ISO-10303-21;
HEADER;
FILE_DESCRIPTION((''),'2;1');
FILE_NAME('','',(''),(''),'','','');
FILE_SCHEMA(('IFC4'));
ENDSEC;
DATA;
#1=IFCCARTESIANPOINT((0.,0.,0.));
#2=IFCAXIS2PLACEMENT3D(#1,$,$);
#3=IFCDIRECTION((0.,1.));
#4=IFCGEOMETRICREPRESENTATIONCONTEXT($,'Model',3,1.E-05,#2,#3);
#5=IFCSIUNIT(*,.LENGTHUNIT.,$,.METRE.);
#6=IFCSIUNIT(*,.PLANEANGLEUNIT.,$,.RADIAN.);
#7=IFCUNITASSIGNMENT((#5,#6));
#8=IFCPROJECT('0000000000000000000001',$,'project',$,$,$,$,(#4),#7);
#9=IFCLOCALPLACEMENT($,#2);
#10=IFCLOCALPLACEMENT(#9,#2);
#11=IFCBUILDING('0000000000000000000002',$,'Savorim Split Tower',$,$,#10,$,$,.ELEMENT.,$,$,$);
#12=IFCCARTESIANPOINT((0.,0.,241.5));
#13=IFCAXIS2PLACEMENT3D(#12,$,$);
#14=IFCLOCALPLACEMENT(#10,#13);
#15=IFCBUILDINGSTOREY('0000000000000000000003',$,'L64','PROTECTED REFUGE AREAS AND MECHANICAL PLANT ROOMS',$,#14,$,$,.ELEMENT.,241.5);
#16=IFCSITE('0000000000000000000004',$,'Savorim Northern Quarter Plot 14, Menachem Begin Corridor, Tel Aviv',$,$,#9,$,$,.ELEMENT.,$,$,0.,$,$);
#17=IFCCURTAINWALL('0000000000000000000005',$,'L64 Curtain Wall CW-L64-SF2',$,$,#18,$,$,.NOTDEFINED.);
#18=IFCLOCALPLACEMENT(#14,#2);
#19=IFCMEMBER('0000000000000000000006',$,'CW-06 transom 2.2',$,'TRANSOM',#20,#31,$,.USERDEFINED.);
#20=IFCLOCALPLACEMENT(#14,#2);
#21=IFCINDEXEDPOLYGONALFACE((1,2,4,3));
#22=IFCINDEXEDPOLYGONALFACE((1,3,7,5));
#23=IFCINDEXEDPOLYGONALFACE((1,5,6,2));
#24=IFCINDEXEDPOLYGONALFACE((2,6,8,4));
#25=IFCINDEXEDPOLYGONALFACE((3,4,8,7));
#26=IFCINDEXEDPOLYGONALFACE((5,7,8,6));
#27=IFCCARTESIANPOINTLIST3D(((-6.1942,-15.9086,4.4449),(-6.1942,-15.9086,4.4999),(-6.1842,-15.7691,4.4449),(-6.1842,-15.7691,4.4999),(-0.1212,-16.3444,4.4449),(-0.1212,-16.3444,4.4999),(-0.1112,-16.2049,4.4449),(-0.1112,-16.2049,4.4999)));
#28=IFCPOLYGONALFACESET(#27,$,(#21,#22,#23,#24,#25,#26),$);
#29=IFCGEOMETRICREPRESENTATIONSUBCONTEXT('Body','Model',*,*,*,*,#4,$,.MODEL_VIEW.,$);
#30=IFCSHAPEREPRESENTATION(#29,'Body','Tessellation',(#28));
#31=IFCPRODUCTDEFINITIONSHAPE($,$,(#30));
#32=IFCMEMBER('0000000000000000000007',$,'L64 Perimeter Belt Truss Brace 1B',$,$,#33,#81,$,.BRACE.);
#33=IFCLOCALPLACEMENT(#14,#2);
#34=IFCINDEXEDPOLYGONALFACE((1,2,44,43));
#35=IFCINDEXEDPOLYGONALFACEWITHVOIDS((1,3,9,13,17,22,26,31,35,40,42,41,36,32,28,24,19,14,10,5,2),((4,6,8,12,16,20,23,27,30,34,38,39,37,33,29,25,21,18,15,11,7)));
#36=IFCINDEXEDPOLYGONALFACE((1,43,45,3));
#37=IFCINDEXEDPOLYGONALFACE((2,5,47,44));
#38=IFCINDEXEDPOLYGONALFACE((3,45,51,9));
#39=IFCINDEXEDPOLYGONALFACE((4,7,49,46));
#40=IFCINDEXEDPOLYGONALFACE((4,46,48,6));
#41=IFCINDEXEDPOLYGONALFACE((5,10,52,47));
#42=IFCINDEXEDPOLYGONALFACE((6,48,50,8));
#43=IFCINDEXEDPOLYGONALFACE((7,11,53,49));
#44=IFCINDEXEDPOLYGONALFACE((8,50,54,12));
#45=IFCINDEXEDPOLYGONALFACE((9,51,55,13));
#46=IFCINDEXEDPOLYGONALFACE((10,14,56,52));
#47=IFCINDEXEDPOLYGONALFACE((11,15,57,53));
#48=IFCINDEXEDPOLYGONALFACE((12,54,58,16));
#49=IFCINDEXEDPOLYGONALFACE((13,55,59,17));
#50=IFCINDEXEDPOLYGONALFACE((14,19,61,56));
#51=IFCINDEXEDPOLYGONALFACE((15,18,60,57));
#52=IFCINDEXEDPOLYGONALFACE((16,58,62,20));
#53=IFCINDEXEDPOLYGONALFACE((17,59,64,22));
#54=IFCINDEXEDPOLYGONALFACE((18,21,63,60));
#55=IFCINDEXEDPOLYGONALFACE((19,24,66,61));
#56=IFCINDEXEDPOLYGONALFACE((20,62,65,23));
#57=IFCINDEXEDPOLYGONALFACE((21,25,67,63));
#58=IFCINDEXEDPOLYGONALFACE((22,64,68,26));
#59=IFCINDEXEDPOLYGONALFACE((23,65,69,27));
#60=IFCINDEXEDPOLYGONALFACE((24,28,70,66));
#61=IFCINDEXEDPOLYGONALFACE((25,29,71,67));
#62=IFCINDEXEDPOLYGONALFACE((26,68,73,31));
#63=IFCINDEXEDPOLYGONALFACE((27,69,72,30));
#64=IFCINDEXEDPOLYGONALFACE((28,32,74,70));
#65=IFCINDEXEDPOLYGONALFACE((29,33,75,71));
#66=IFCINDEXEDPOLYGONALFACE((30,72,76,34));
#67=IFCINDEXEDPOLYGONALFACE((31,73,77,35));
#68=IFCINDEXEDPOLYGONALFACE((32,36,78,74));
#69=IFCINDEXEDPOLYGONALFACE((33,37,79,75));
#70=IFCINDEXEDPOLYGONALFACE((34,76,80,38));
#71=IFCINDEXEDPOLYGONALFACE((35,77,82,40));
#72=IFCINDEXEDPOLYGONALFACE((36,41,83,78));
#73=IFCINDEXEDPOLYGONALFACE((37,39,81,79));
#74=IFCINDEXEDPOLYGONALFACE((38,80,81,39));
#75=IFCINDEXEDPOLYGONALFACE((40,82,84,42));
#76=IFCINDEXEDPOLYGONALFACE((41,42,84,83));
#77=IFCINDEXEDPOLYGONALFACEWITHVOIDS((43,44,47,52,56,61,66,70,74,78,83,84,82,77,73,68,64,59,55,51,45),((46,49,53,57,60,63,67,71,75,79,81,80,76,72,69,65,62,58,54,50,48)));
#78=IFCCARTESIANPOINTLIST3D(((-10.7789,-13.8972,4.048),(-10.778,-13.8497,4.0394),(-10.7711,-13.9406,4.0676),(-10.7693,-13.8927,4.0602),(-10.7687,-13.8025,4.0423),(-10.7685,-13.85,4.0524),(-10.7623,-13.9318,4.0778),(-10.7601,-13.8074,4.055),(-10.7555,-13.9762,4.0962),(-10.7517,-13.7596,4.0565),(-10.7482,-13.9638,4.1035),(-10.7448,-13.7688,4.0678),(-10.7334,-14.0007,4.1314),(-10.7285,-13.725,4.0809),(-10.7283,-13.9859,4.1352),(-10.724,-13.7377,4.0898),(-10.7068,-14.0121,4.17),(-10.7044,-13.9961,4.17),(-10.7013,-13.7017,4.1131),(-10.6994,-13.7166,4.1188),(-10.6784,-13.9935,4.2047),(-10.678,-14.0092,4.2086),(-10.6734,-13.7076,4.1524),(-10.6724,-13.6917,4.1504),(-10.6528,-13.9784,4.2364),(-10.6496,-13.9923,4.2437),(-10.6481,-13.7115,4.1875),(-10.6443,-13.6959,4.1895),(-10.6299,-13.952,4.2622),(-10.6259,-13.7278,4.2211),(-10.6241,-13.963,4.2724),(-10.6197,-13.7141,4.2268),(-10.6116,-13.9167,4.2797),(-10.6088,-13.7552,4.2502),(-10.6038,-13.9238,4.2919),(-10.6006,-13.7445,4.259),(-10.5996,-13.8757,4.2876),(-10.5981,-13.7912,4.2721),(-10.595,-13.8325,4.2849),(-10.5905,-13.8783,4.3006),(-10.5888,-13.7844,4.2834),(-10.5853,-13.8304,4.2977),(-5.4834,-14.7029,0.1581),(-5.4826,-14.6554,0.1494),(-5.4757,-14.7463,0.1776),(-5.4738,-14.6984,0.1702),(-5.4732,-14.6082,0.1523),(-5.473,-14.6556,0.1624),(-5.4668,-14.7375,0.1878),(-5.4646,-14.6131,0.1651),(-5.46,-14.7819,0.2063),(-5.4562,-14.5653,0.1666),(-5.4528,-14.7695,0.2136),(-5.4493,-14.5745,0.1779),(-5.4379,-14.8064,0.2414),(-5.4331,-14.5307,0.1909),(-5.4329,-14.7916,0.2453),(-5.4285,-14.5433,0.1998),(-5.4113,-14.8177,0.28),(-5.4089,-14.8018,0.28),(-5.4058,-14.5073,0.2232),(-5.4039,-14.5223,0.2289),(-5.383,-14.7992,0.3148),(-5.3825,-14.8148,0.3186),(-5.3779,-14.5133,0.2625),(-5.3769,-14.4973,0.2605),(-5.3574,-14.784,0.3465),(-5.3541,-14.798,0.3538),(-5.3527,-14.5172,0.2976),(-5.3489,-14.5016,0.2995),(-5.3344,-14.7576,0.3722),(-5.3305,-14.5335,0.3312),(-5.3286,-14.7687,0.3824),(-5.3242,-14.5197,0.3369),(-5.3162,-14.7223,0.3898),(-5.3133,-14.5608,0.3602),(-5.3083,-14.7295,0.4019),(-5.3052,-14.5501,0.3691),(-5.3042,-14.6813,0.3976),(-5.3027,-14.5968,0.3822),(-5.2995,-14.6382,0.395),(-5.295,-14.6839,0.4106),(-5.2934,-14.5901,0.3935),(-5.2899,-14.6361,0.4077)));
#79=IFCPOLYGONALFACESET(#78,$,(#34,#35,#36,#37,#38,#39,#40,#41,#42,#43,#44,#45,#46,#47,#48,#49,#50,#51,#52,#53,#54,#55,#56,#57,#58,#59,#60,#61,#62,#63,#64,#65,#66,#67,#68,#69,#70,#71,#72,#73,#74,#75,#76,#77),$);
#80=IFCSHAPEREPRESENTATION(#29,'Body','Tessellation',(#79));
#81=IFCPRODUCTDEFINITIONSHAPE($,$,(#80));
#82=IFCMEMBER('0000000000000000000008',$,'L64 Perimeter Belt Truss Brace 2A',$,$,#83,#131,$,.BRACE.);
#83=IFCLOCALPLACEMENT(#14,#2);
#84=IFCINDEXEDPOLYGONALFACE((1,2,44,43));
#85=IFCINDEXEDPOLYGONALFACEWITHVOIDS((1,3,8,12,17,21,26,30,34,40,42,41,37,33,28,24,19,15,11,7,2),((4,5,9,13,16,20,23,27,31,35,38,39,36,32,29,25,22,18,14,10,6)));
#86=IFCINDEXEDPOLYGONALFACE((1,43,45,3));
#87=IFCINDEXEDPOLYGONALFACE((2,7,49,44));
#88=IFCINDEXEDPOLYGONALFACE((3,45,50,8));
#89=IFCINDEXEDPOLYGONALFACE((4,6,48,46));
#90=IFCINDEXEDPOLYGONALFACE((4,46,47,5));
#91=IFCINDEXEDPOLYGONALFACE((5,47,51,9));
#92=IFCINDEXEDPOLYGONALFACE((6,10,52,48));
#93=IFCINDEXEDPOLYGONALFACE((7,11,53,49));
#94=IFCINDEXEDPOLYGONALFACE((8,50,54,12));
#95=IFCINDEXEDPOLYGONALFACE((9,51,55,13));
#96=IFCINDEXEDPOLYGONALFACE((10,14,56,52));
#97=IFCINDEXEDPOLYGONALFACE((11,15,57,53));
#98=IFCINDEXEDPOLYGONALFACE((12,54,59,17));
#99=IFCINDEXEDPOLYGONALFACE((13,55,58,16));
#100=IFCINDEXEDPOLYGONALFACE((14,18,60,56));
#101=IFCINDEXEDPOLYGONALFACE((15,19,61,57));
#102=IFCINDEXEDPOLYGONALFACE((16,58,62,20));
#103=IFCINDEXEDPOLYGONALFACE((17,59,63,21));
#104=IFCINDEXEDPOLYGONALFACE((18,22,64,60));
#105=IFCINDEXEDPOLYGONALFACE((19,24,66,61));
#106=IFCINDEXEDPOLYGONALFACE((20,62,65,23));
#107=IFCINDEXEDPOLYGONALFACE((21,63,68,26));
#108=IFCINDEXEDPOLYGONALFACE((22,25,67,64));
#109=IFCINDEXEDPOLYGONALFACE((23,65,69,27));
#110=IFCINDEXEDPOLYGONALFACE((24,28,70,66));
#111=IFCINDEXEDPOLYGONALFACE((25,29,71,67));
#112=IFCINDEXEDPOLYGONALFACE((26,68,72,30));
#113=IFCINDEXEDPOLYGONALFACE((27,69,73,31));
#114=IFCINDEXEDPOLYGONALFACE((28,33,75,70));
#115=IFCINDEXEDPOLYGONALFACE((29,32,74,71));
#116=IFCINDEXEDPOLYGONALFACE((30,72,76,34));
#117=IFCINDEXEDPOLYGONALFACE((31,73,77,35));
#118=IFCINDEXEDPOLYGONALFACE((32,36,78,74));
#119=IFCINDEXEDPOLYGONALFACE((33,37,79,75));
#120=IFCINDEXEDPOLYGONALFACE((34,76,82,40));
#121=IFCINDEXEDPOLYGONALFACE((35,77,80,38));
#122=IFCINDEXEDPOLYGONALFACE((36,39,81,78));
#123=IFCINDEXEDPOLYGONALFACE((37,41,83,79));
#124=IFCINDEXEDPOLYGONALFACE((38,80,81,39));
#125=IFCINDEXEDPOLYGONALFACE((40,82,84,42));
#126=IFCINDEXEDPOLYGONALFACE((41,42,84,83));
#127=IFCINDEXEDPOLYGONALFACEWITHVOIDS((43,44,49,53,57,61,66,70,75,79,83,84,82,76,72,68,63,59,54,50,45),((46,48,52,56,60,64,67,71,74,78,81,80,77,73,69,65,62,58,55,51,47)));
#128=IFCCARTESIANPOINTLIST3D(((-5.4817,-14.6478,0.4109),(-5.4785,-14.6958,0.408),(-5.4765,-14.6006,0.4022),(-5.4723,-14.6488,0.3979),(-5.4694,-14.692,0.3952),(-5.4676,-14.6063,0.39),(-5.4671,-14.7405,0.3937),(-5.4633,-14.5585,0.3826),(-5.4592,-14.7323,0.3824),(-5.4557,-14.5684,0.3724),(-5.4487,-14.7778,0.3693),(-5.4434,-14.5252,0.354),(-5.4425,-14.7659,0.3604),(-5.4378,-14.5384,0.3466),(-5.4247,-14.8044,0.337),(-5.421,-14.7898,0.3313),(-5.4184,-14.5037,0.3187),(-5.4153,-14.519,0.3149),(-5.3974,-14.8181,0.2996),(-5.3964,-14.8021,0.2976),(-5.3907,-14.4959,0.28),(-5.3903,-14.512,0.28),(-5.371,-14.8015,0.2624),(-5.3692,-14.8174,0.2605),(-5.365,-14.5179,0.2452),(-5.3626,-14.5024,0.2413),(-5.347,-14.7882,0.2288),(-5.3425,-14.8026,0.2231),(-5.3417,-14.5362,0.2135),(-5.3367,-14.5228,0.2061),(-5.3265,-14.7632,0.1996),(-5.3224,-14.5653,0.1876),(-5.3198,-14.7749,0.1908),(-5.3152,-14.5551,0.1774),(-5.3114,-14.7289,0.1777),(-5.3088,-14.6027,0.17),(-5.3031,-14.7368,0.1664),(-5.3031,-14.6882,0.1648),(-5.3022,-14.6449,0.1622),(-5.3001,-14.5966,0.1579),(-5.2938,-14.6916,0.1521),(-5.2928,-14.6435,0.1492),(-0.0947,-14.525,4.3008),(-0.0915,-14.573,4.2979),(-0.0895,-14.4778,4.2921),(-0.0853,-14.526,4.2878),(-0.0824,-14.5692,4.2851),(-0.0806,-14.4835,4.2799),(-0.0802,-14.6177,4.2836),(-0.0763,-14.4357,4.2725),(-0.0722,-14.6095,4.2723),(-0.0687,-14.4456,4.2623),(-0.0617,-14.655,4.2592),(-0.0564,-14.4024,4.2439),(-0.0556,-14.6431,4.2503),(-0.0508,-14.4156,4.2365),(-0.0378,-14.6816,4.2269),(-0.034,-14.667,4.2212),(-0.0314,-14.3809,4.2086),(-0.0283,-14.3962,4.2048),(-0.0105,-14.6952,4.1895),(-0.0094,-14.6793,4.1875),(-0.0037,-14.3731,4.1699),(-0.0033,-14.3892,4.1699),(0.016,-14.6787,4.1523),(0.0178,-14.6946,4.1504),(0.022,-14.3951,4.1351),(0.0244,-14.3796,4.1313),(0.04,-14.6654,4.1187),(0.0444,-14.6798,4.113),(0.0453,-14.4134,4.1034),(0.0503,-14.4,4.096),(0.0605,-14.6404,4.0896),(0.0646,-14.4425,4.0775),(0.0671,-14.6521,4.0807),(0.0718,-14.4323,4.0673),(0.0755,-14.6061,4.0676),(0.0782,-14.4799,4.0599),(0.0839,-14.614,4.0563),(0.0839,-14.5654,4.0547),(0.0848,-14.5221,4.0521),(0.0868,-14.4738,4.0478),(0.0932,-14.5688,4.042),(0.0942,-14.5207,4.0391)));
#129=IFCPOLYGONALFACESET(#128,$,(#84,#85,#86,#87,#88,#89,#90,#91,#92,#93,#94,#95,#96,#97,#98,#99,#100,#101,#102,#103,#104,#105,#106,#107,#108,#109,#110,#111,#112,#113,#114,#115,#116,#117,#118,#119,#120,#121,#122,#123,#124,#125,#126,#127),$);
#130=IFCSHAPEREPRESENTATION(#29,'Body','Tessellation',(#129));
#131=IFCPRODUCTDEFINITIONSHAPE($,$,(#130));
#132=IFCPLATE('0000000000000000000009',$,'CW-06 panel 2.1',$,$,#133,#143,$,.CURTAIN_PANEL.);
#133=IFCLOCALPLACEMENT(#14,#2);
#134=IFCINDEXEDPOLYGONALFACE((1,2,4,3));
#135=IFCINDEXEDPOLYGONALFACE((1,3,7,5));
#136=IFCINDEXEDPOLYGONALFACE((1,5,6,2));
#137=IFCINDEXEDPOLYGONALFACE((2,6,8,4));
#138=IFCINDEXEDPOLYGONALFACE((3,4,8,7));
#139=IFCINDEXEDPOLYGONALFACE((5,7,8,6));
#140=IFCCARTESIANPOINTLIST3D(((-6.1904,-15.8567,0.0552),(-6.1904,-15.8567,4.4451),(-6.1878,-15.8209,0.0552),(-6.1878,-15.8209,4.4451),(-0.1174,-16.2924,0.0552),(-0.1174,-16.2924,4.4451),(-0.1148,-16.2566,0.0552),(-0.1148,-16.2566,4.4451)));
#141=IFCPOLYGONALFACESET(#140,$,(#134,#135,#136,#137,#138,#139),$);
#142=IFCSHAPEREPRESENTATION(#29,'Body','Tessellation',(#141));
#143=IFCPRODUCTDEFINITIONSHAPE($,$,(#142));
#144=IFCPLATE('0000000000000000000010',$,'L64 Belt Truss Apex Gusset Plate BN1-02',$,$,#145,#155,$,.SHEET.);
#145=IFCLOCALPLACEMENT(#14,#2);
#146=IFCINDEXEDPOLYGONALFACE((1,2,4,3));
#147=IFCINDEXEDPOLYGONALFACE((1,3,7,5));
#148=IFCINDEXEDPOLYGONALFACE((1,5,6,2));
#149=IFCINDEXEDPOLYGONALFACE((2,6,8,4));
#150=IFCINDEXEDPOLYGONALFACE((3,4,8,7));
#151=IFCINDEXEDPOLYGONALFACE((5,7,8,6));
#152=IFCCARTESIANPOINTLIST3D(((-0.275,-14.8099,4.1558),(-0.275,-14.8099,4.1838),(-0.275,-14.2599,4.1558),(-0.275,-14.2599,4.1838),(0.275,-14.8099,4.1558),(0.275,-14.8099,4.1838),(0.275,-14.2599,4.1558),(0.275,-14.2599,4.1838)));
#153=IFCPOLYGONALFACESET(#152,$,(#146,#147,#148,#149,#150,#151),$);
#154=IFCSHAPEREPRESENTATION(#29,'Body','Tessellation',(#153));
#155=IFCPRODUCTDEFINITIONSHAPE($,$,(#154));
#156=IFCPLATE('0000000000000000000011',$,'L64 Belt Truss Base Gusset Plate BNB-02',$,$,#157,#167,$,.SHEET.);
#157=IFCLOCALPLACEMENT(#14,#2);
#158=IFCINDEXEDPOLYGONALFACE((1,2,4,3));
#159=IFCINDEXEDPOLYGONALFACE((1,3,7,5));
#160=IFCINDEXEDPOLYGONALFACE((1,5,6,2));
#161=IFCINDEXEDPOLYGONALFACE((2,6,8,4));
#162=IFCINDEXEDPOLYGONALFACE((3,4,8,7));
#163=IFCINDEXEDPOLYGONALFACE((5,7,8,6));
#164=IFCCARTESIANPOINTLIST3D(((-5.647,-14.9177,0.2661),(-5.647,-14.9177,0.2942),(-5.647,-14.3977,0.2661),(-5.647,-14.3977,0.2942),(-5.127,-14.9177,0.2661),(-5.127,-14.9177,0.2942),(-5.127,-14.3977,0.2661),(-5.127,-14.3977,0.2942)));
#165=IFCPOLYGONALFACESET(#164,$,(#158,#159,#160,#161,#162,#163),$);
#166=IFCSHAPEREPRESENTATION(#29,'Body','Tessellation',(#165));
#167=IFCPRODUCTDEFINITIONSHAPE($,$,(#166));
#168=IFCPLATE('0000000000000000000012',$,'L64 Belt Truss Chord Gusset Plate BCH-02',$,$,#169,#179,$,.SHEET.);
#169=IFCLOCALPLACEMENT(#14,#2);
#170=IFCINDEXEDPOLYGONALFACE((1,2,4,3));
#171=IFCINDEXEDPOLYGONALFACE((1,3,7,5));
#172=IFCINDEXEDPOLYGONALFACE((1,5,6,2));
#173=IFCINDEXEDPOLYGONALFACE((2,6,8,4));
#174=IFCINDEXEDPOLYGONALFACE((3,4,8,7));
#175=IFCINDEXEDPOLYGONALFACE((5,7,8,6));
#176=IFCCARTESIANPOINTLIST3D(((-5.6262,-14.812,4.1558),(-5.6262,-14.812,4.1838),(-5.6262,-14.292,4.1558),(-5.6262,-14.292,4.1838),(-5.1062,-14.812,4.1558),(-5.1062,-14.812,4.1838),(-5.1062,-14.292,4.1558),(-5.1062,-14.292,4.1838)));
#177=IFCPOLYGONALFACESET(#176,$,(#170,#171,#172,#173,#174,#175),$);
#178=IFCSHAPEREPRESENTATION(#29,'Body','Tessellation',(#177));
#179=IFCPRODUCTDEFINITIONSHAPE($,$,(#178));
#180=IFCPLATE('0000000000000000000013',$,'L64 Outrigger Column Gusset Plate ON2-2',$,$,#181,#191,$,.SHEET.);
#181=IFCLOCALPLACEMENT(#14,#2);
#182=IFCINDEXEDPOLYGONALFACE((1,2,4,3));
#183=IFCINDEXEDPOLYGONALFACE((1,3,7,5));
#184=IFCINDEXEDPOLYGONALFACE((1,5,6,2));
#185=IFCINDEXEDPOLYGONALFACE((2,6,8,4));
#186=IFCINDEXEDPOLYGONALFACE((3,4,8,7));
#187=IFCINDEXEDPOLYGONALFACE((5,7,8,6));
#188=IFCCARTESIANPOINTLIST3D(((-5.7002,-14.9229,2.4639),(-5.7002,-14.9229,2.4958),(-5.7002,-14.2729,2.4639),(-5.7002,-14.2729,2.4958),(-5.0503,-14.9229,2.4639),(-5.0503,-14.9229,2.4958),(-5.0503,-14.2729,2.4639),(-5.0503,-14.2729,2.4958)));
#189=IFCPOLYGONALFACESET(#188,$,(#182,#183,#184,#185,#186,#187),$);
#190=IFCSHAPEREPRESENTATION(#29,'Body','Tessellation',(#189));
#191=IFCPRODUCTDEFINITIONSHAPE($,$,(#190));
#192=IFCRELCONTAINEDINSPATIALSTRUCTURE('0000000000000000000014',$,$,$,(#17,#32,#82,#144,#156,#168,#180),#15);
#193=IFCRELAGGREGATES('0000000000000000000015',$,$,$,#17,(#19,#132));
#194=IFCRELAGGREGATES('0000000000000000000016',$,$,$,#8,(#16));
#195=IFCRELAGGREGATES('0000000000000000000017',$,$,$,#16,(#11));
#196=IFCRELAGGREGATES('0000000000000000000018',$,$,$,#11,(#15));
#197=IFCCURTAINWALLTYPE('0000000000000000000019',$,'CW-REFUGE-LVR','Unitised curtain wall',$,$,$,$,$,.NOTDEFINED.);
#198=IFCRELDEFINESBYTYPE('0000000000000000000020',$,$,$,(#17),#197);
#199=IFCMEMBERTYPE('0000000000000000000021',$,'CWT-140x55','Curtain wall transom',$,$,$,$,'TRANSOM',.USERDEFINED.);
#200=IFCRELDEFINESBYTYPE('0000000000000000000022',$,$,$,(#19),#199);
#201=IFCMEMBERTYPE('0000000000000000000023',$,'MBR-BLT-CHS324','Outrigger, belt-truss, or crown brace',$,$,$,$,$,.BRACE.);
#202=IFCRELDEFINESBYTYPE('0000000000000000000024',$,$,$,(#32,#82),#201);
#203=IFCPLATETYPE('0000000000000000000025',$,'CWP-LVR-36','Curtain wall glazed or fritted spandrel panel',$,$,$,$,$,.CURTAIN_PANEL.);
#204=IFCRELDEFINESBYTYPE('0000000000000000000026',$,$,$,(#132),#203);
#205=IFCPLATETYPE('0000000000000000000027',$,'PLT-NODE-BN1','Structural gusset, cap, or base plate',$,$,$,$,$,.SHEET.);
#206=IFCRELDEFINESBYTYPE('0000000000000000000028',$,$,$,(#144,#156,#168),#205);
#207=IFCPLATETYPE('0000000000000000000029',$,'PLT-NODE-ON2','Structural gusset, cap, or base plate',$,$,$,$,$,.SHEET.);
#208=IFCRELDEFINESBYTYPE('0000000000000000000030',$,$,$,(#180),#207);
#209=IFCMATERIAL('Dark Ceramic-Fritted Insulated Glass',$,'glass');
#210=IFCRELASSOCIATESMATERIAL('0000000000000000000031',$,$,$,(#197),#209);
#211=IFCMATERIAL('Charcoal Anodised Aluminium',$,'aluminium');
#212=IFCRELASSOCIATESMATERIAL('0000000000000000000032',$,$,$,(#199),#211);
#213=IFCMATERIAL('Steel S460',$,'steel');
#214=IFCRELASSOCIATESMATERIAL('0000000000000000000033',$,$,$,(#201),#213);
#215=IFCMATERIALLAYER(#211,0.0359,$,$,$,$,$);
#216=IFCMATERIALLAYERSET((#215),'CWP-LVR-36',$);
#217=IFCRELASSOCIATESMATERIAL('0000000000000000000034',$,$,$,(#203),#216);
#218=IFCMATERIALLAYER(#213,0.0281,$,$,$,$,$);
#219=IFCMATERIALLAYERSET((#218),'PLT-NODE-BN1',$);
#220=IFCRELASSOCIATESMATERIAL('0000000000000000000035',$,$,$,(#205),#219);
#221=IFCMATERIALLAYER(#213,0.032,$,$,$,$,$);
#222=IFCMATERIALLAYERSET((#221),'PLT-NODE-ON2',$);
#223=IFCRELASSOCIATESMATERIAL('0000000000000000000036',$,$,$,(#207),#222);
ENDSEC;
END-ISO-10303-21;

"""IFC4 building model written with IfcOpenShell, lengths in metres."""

from ifc_helpers import new_model, si_unit, direction, frame, origin, origin_2d, place, context, subcontext, project, spatial, rectangle, hollow_circle, extrude, material, layer, layer_set, material_profile, profile_set, type_object, element, aggregate, save


model = new_model("IFC4")

# Units and contexts
model_context = context("Model", 3, precision=1e-05, world=origin(), true_north=direction((0.0, 1.0)))
body_context = subcontext(model_context, "Body", "Model", "MODEL_VIEW")
ifc_project = project(units=[si_unit("LENGTHUNIT", "METRE"), si_unit("PLANEANGLEUNIT", "RADIAN")], contexts=[model_context])

# Site, building, storey
site_placement = place(None, origin())
site = spatial("IfcSite", under=ifc_project, at=site_placement, Name="Savorim Northern Quarter Plot 14, Menachem Begin Corridor, Tel Aviv", CompositionType="ELEMENT", RefElevation=0.0)
building_placement = place(site_placement, origin())
building = spatial("IfcBuilding", under=site, at=building_placement, Name="Savorim Split Tower", CompositionType="ELEMENT")
storey_placement = place(building_placement, frame((0.0, 0.0, 241.5)))
storey = spatial("IfcBuildingStorey", under=building, at=storey_placement, Name="L64", Description="PROTECTED REFUGE AREAS AND MECHANICAL PLANT ROOMS", CompositionType="ELEMENT", Elevation=241.5)

# Curtain wall, member
ifc_material_1 = material(Name="Dark Ceramic-Fritted Insulated Glass", Category="glass")
curtain_wall_type = type_object("IfcCurtainWallType", Name="CW-REFUGE-LVR", Description="Unitised curtain wall", PredefinedType="NOTDEFINED", material=ifc_material_1)
curtain_wall_placement = place(storey_placement, origin())
curtain_wall = element("IfcCurtainWall", 1, at=curtain_wall_placement, inside=storey, type_object=curtain_wall_type, Name="L64 Curtain Wall CW-L64-SF2", PredefinedType="NOTDEFINED")
ifc_material_2 = material(Name="Charcoal Anodised Aluminium", Category="aluminium")
ifc_material_profile_1 = material_profile(ifc_material_2, rectangle(XDim=0.1399, YDim=0.0549, at=origin_2d()), Name="ALU-T 140x55")
ifc_profile_set_1 = profile_set([ifc_material_profile_1], Name="Charcoal Anodised Aluminium")
member_type_1 = type_object("IfcMemberType", Name="CWT-140x55", Description="Curtain wall transom", ElementType="TRANSOM", PredefinedType="USERDEFINED", material=ifc_profile_set_1)
member_1_placement = place(storey_placement, frame((-6.1892, -15.8389, 4.4724), z_axis=(0.997435, -0.071575, 0.0), x_axis=(0.071575, 0.997435, 0.0)))
member_1 = element("IfcMember", 2, at=member_1_placement, type_object=member_type_1, Name="CW-06 transom 2.2", ObjectType="TRANSOM", PredefinedType="USERDEFINED", context=body_context, shape_type="SweptSolid", body=[
    extrude(rectangle(XDim=0.1399, YDim=0.0549, at=origin_2d()), origin(), (0.0, 0.0, 1.0), 6.0886),
])

# Members
ifc_material_3 = material(Name="Steel S460", Category="steel")
ifc_material_profile_2 = material_profile(ifc_material_3, hollow_circle(Radius=0.1619, WallThickness=0.0161, at=origin_2d()), Name="CHS 323.9x16")
ifc_profile_set_2 = profile_set([ifc_material_profile_2], Name="Steel S460")
member_type_2 = type_object("IfcMemberType", Name="MBR-BLT-CHS324", Description="Outrigger, belt-truss, or crown brace", PredefinedType="BRACE", material=ifc_profile_set_2)
member_2_placement = place(storey_placement, frame((-5.387, -14.6577, 0.28), z_axis=(-0.799935, 0.121705, 0.587615), x_axis=(-0.150413, -0.988623, 0.0)))
element("IfcMember", 3, at=member_2_placement, inside=storey, type_object=member_type_2, Name="L64 Perimeter Belt Truss Brace 1B", PredefinedType="BRACE", context=body_context, shape_type="SweptSolid", body=[
    extrude(hollow_circle(Radius=0.1619, WallThickness=0.0161, at=origin_2d()), origin(), (0.0, 0.0, 1.0), 6.6199),
])
member_3_placement = place(storey_placement, frame((-5.387, -14.6577, 0.28), z_axis=(0.81059, 0.018478, 0.585322), x_axis=(-0.02279, 0.99974, 0.0)))
element("IfcMember", 4, at=member_3_placement, inside=storey, type_object=member_type_2, Name="L64 Perimeter Belt Truss Brace 2A", PredefinedType="BRACE", context=body_context, shape_type="SweptSolid", body=[
    extrude(hollow_circle(Radius=0.1619, WallThickness=0.0161, at=origin_2d()), origin(), (0.0, 0.0, 1.0), 6.6458),
])

# Plate
ifc_layer_1 = layer(ifc_material_2, 0.0359)
ifc_layer_set_1 = layer_set([ifc_layer_1], Name="CWP-LVR-36")
plate_type_1 = type_object("IfcPlateType", Name="CWP-LVR-36", Description="Curtain wall glazed or fritted spandrel panel", PredefinedType="CURTAIN_PANEL", material=ifc_layer_set_1)
plate_1_placement = place(storey_placement, frame((-3.1526, -16.0566, 0.0552), z_axis=(0.0, 0.0, 1.0), x_axis=(0.997436, -0.071562, 0.0)))
plate_1 = element("IfcPlate", 5, at=plate_1_placement, type_object=plate_type_1, Name="CW-06 panel 2.1", PredefinedType="CURTAIN_PANEL", context=body_context, shape_type="SweptSolid", body=[
    extrude(rectangle(XDim=6.0886, YDim=0.0359, at=origin_2d()), origin(), (0.0, 0.0, 1.0), 4.3899),
])
aggregate(curtain_wall, [member_1, plate_1])

# Plates
ifc_layer_2 = layer(ifc_material_3, 0.0281)
ifc_layer_set_2 = layer_set([ifc_layer_2], Name="PLT-NODE-BN1")
plate_type_2 = type_object("IfcPlateType", Name="PLT-NODE-BN1", Description="Structural gusset, cap, or base plate", PredefinedType="SHEET", material=ifc_layer_set_2)
plate_2_placement = place(storey_placement, frame((0.0, -14.5349, 4.1558), z_axis=(0.0, 0.0, 1.0), x_axis=(1.0, 0.0, 0.0)))
element("IfcPlate", 6, at=plate_2_placement, inside=storey, type_object=plate_type_2, Name="L64 Belt Truss Apex Gusset Plate BN1-02", PredefinedType="SHEET", context=body_context, shape_type="SweptSolid", body=[
    extrude(rectangle(XDim=0.55, YDim=0.55, at=origin_2d()), origin(), (0.0, 0.0, 1.0), 0.0281),
])
for number, where, z_axis, x_axis, name in (
    (7, (-5.387, -14.6577, 0.2661), (0.0, 0.0, 1.0), (1.0, 0.0, 0.0), "L64 Belt Truss Base Gusset Plate BNB-02"),
    (8, (-5.3662, -14.552, 4.1558), (0.0, 0.0, 1.0), (1.0, 0.0, 0.0), "L64 Belt Truss Chord Gusset Plate BCH-02"),
):
    element("IfcPlate", number, at=place(storey_placement, frame(where, z_axis=z_axis, x_axis=x_axis)), inside=storey, type_object=plate_type_2, Name=name, PredefinedType="SHEET", context=body_context, shape_type="SweptSolid", body=[
        extrude(rectangle(XDim=0.52, YDim=0.52, at=origin_2d()), origin(), (0.0, 0.0, 1.0), 0.0281),
    ])
ifc_layer_3 = layer(ifc_material_3, 0.032)
ifc_layer_set_3 = layer_set([ifc_layer_3], Name="PLT-NODE-ON2")
plate_type_3 = type_object("IfcPlateType", Name="PLT-NODE-ON2", Description="Structural gusset, cap, or base plate", PredefinedType="SHEET", material=ifc_layer_set_3)
plate_3_placement = place(storey_placement, frame((-5.3752, -14.5979, 2.4639), z_axis=(0.0, 0.0, 1.0), x_axis=(1.0, 0.0, 0.0)))
element("IfcPlate", 9, at=plate_3_placement, inside=storey, type_object=plate_type_3, Name="L64 Outrigger Column Gusset Plate ON2-2", PredefinedType="SHEET", context=body_context, shape_type="SweptSolid", body=[
    extrude(rectangle(XDim=0.6499, YDim=0.6499, at=origin_2d()), origin(), (0.0, 0.0, 1.0), 0.032),
])

save(model, "model.ifc")
